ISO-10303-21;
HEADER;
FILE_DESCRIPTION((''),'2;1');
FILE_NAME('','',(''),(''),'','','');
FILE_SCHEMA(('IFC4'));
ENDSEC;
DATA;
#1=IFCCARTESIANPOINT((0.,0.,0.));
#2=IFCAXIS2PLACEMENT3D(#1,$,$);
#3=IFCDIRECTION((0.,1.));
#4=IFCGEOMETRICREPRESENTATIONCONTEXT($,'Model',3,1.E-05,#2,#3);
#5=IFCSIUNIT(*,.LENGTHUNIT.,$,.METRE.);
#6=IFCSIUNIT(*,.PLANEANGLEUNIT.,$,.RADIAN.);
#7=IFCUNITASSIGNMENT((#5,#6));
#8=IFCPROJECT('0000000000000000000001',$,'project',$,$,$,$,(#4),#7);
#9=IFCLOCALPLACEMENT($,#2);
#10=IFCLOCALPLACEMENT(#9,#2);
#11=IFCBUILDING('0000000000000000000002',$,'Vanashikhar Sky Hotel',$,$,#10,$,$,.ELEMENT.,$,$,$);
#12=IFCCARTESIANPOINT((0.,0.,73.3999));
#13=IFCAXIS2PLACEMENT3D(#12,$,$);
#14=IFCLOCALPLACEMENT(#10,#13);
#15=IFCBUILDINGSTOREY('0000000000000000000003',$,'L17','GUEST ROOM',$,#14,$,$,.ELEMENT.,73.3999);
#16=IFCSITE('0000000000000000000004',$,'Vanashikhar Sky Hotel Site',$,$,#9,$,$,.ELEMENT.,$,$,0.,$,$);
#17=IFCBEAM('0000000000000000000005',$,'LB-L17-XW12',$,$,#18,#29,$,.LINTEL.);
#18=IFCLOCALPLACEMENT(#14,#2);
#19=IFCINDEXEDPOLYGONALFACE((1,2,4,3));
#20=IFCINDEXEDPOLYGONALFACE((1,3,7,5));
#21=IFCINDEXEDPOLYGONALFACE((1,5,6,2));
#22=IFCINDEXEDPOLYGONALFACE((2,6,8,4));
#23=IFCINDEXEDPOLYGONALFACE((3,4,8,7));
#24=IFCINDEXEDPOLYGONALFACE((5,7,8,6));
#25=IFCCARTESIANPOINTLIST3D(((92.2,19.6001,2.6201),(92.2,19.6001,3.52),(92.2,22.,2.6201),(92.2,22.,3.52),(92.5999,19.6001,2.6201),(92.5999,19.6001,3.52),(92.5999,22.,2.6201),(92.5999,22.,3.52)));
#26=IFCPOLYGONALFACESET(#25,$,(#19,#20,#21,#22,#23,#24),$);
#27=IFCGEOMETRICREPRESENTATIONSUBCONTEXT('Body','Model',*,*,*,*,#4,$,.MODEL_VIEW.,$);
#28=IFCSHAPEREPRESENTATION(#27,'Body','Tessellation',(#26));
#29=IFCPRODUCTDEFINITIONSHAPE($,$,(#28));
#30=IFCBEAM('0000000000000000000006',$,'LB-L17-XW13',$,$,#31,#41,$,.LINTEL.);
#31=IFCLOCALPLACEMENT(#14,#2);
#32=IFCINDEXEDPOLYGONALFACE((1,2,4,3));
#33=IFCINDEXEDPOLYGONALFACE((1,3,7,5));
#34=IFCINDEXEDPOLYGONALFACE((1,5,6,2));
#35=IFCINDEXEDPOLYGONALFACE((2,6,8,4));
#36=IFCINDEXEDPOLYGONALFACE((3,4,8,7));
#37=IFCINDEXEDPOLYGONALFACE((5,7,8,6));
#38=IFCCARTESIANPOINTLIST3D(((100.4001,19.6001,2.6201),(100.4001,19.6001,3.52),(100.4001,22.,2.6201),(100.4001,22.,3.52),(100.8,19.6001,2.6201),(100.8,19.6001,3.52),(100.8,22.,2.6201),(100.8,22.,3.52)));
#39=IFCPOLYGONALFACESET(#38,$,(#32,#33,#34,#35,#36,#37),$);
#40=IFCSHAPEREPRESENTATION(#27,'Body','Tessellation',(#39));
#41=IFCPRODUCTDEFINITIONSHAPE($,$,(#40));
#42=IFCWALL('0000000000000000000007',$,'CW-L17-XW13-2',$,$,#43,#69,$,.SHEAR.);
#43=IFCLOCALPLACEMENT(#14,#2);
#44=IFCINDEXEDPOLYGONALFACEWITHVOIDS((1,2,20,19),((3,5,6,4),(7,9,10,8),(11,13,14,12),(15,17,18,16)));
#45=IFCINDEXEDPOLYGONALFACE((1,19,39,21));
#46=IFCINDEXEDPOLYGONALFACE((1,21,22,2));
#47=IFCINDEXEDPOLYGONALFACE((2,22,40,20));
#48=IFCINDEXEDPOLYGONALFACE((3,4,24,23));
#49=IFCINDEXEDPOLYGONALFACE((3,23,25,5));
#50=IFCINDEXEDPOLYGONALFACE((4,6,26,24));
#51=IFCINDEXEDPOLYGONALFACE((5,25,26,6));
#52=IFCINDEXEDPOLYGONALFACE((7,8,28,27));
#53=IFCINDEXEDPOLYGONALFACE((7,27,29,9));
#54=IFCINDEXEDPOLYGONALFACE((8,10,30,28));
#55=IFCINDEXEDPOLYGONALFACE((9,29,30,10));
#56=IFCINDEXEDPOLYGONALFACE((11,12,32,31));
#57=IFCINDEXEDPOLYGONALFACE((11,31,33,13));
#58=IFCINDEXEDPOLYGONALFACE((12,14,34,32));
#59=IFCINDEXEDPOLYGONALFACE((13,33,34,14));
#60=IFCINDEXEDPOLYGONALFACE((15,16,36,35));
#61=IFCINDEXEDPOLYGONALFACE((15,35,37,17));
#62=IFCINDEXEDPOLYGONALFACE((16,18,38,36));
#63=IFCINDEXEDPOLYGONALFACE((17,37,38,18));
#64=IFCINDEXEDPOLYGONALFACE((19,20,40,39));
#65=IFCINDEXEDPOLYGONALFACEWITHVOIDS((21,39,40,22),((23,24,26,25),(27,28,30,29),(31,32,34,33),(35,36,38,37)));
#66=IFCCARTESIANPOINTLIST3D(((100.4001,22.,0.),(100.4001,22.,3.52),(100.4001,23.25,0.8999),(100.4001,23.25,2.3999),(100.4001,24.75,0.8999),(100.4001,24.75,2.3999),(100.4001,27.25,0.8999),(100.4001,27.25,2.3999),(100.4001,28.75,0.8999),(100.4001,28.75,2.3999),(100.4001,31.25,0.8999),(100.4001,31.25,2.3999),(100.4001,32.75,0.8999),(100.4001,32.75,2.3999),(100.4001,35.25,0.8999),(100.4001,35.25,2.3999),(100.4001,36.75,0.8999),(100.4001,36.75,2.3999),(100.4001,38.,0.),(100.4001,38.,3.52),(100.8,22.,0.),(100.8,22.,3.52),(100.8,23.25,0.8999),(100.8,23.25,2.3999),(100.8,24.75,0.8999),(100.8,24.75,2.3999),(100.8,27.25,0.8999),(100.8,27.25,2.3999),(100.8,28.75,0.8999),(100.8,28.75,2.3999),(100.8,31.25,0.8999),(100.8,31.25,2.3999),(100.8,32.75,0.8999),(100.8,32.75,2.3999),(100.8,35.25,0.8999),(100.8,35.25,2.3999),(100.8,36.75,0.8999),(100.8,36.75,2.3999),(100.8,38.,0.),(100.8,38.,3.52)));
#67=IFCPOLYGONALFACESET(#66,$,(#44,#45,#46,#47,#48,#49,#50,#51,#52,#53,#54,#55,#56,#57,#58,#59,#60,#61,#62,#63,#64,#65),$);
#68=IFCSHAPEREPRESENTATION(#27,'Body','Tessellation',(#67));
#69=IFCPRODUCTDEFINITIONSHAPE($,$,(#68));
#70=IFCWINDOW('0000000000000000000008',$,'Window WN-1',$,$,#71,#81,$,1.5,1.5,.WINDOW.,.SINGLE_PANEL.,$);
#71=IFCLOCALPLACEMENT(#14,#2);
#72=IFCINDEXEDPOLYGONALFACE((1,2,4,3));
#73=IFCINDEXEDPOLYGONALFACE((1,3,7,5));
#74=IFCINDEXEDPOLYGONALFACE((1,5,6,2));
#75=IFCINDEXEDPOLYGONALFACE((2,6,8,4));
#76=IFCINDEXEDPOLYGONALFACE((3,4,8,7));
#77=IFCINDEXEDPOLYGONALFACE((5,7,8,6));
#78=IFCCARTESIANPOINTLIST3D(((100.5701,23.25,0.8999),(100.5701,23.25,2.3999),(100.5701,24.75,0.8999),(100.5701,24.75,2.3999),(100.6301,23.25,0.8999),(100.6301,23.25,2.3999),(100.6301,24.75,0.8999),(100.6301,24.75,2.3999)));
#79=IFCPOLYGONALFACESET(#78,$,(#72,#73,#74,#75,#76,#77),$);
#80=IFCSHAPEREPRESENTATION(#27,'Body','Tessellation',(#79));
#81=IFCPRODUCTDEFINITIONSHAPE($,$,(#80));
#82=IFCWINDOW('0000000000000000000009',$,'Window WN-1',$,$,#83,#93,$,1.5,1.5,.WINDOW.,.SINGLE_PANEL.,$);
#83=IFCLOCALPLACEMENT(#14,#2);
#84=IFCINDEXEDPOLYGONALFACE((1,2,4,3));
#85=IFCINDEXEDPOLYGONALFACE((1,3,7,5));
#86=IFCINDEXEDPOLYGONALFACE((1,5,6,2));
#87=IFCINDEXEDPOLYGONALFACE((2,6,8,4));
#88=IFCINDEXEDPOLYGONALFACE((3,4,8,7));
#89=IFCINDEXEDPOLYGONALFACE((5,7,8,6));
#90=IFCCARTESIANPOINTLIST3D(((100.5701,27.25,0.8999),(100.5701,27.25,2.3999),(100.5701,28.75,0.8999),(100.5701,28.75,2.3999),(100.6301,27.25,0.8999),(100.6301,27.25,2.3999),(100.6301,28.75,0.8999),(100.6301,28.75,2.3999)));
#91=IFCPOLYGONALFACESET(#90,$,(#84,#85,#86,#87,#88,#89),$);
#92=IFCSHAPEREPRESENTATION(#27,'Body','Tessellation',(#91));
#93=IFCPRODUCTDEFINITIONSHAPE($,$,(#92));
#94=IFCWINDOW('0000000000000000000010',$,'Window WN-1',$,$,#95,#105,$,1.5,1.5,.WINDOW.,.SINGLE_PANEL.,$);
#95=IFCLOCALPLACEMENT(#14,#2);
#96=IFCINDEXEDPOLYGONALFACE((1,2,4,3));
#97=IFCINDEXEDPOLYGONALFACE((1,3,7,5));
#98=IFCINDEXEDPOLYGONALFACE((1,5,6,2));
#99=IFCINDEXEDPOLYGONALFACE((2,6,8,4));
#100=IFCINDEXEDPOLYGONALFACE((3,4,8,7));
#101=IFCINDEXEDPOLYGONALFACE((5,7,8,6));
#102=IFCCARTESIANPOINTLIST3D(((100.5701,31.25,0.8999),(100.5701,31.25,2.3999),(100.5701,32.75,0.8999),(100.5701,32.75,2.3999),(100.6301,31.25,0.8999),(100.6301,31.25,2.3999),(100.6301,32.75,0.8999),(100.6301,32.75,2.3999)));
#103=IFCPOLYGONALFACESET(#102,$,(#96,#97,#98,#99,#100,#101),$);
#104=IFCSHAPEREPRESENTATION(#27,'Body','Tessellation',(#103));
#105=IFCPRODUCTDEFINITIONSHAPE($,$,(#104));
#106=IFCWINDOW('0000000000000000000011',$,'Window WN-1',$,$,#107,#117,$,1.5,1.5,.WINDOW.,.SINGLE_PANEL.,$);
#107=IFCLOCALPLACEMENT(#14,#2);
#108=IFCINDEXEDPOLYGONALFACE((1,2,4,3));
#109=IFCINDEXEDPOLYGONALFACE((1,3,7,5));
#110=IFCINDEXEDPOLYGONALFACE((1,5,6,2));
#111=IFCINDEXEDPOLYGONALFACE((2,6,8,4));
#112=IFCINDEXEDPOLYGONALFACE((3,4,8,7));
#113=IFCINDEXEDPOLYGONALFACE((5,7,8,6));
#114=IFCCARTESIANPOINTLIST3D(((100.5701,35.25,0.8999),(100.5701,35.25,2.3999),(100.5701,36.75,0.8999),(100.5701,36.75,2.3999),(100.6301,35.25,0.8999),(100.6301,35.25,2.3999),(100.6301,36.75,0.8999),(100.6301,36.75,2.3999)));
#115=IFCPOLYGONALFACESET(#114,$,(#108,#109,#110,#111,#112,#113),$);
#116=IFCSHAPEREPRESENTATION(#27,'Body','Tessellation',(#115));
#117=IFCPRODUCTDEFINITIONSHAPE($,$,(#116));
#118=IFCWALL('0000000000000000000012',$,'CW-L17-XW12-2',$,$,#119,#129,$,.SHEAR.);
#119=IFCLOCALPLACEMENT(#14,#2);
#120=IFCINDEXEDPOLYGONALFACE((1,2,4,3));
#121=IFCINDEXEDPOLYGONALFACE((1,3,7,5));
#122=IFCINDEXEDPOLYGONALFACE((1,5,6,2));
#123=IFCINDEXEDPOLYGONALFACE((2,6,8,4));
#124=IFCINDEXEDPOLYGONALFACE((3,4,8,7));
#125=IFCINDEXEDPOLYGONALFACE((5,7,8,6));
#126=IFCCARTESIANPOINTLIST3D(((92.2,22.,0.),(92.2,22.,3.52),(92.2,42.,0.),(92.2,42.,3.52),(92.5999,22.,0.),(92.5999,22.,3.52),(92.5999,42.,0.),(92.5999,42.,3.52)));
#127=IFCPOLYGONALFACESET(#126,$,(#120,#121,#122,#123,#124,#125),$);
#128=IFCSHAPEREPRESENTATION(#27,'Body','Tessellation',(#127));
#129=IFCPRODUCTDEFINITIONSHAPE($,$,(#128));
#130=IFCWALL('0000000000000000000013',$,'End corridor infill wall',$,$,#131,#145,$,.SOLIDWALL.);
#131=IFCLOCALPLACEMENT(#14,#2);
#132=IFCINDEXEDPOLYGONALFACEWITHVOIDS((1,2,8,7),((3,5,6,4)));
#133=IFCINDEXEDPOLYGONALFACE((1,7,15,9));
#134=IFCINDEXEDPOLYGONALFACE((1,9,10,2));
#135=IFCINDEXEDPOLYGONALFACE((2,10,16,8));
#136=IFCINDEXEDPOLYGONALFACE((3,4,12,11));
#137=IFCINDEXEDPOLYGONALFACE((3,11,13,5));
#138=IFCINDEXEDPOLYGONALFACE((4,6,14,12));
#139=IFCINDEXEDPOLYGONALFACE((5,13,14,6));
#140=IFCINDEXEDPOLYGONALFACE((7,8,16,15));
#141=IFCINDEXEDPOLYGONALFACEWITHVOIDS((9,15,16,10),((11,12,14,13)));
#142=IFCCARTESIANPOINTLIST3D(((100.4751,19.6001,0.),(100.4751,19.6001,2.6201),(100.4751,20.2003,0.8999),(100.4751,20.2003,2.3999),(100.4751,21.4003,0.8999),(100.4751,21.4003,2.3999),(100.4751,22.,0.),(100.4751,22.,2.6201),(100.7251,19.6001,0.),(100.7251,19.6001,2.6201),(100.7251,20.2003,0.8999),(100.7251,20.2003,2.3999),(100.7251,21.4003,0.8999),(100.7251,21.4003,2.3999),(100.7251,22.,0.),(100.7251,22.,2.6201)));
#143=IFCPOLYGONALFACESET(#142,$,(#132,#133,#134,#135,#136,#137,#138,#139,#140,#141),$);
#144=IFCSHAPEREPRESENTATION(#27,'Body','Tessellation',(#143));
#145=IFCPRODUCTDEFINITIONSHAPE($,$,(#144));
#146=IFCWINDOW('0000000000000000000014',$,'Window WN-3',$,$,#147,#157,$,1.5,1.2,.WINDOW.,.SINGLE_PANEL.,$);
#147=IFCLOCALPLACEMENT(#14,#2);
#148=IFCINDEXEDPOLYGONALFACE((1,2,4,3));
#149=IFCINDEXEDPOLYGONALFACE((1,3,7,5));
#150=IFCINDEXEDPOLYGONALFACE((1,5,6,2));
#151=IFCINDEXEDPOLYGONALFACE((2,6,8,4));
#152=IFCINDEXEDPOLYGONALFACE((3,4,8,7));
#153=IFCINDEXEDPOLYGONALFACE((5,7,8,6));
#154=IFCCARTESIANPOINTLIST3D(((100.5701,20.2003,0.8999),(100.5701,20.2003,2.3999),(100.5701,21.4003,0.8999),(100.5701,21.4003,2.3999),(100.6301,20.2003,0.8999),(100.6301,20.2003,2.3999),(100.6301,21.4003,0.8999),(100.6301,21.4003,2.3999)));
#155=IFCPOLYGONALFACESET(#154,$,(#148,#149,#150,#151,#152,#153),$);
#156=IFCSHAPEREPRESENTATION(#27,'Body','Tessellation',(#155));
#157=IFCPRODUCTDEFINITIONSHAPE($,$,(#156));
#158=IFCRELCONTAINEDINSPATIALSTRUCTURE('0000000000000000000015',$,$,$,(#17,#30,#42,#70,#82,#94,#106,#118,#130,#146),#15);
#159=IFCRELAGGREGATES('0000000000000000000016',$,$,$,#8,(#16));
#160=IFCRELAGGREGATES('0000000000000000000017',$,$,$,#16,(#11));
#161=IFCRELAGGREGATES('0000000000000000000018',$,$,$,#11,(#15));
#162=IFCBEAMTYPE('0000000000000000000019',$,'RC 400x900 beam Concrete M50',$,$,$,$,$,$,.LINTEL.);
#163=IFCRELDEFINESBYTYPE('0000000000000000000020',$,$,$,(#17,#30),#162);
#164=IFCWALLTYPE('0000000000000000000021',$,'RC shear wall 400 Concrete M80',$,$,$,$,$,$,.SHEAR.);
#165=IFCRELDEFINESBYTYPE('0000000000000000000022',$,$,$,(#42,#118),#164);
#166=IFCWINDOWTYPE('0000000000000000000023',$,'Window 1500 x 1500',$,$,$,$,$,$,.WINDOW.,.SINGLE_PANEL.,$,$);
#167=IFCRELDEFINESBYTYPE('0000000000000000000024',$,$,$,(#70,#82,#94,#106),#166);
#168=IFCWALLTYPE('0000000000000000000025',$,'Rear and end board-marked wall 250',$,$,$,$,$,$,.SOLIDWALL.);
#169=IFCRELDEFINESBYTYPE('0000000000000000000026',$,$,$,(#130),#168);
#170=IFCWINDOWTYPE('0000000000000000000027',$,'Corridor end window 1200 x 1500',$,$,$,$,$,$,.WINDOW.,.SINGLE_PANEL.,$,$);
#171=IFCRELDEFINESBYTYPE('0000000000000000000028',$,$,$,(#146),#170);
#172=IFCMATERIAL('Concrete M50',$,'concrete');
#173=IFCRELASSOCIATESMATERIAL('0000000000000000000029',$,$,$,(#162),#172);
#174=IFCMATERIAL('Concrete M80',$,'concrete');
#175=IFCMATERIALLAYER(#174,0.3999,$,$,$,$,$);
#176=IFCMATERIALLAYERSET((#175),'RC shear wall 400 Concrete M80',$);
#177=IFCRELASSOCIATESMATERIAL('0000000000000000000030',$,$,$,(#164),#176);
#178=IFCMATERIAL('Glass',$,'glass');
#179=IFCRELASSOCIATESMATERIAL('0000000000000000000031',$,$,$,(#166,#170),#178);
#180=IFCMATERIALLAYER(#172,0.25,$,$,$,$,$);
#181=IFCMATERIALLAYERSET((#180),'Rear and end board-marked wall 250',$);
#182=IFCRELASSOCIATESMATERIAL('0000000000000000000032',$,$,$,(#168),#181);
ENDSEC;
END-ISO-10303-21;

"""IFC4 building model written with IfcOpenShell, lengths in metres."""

from ifc_helpers import new_model, si_unit, direction, frame, frame_2d, origin, origin_2d, place, context, subcontext, project, spatial, rectangle, extrude, source, transform, mapped, material, layer, layer_set, material_profile, profile_set, type_object, element, fill, save


model = new_model("IFC4")

# Units and contexts
model_context = context("Model", 3, precision=1e-05, world=origin(), true_north=direction((0.0, 1.0)))
body_context = subcontext(model_context, "Body", "Model", "MODEL_VIEW")
ifc_project = project(units=[si_unit("LENGTHUNIT", "METRE"), si_unit("PLANEANGLEUNIT", "RADIAN")], contexts=[model_context])

# Site, building, storey
site_placement = place(None, origin())
site = spatial("IfcSite", under=ifc_project, at=site_placement, Name="Vanashikhar Sky Hotel Site", CompositionType="ELEMENT", RefElevation=0.0)
building_placement = place(site_placement, origin())
building = spatial("IfcBuilding", under=site, at=building_placement, Name="Vanashikhar Sky Hotel", CompositionType="ELEMENT")
storey_placement = place(building_placement, frame((0.0, 0.0, 73.3999)))
storey = spatial("IfcBuildingStorey", under=building, at=storey_placement, Name="L17", Description="GUEST ROOM", CompositionType="ELEMENT", Elevation=73.3999)

# Beams
ifc_material_1 = material(Name="Concrete M50", Category="concrete")
ifc_material_profile = material_profile(ifc_material_1, rectangle(XDim=0.3999, YDim=0.8999, at=origin_2d()))
ifc_profile_set = profile_set([ifc_material_profile], Name="RC 400x900 beam Concrete M50")
beam_type = type_object("IfcBeamType", Name="RC 400x900 beam Concrete M50", PredefinedType="LINTEL", material=ifc_profile_set)
shared_shape_1 = source(origin(), body_context, "Body", "SweptSolid", [
    extrude(rectangle(XDim=0.3999, YDim=0.8999, at=origin_2d()), origin(), (0.0, 0.0, 1.0), 2.3999),
])
for number, where, z_axis, x_axis, name in (
    (1, (92.3999, 19.6001, 3.0701), (0.0, 1.0, 0.0), (-1.0, 0.0, 0.0), "LB-L17-XW12"),
    (2, (100.6001, 19.6001, 3.0701), (0.0, 1.0, 0.0), (-1.0, 0.0, 0.0), "LB-L17-XW13"),
):
    element("IfcBeam", number, at=place(storey_placement, frame(where, z_axis=z_axis, x_axis=x_axis)), inside=storey, type_object=beam_type, Name=name, PredefinedType="LINTEL", context=body_context, shape_type="MappedRepresentation", body=[
        mapped(shared_shape_1, transform((0.0, 0.0, 0.0), scale=1.0)),
    ])

# Wall, openings, windows
ifc_material_2 = material(Name="Concrete M80", Category="concrete")
ifc_layer_1 = layer(ifc_material_2, 0.3999)
ifc_layer_set_1 = layer_set([ifc_layer_1], Name="RC shear wall 400 Concrete M80")
wall_type_1 = type_object("IfcWallType", Name="RC shear wall 400 Concrete M80", PredefinedType="SHEAR", material=ifc_layer_set_1)
shared_shape_2 = source(origin(), body_context, "Body", "SweptSolid", [
    extrude(rectangle(XDim=16.0, YDim=0.3999, at=frame_2d((8.0, 0.0))), origin(), (0.0, 0.0, 1.0), 3.52),
])
wall_1_placement = place(storey_placement, frame((100.6001, 22.0, 0.0), z_axis=(0.0, 0.0, 1.0), x_axis=(0.0, 1.0, 0.0)))
wall_1 = element("IfcWall", 3, at=wall_1_placement, inside=storey, type_object=wall_type_1, Name="CW-L17-XW13-2", PredefinedType="SHEAR", context=body_context, shape_type="MappedRepresentation", body=[
    mapped(shared_shape_2, transform((0.0, 0.0, 0.0), scale=1.0)),
])
shared_shape_3 = source(origin(), body_context, "Body", "SweptSolid", [
    extrude(rectangle(XDim=1.5, YDim=1.5, at=frame_2d((0.75, 0.75))), frame((0.0, 0.21, 0.0), z_axis=(0.0, -1.0, 0.0), x_axis=(1.0, 0.0, 0.0)), (0.0, 0.0, 1.0), 0.4199),
])
opening_1_placement = place(wall_1_placement, frame((1.25, 0.0, 0.8999)))
opening_1 = element("IfcOpeningElement", 4, at=opening_1_placement, cuts=wall_1, PredefinedType="OPENING", context=body_context, shape_type="MappedRepresentation", body=[
    mapped(shared_shape_3, transform((0.0, 0.0, 0.0), scale=1.0)),
])
opening_2_placement = place(wall_1_placement, frame((5.25, 0.0, 0.8999)))
opening_2 = element("IfcOpeningElement", 5, at=opening_2_placement, cuts=wall_1, PredefinedType="OPENING", context=body_context, shape_type="MappedRepresentation", body=[
    mapped(shared_shape_3, transform((0.0, 0.0, 0.0), scale=1.0)),
])
opening_3_placement = place(wall_1_placement, frame((9.25, 0.0, 0.8999)))
opening_3 = element("IfcOpeningElement", 6, at=opening_3_placement, cuts=wall_1, PredefinedType="OPENING", context=body_context, shape_type="MappedRepresentation", body=[
    mapped(shared_shape_3, transform((0.0, 0.0, 0.0), scale=1.0)),
])
opening_4_placement = place(wall_1_placement, frame((13.25, 0.0, 0.8999)))
opening_4 = element("IfcOpeningElement", 7, at=opening_4_placement, cuts=wall_1, PredefinedType="OPENING", context=body_context, shape_type="MappedRepresentation", body=[
    mapped(shared_shape_3, transform((0.0, 0.0, 0.0), scale=1.0)),
])
ifc_material_3 = material(Name="Glass", Category="glass")
window_type_1 = type_object("IfcWindowType", Name="Window 1500 x 1500", PartitioningType="SINGLE_PANEL", PredefinedType="WINDOW", material=ifc_material_3)
shared_shape_4 = source(origin(), body_context, "Body", "SweptSolid", [
    extrude(rectangle(XDim=1.5, YDim=1.5, at=frame_2d((0.75, 0.75))), frame((0.0, 0.03, 0.0), z_axis=(0.0, -1.0, 0.0), x_axis=(1.0, 0.0, 0.0)), (0.0, 0.0, 1.0), 0.0601),
])
window_1_placement = place(opening_1_placement, origin())
window_1 = element("IfcWindow", 8, at=window_1_placement, inside=storey, type_object=window_type_1, Name="Window WN-1", OverallHeight=1.5, OverallWidth=1.5, PartitioningType="SINGLE_PANEL", PredefinedType="WINDOW", context=body_context, shape_type="MappedRepresentation", body=[
    mapped(shared_shape_4, transform((0.0, 0.0, 0.0), scale=1.0)),
])
fill(opening_1, window_1)
window_2_placement = place(opening_2_placement, origin())
window_2 = element("IfcWindow", 9, at=window_2_placement, inside=storey, type_object=window_type_1, Name="Window WN-1", OverallHeight=1.5, OverallWidth=1.5, PartitioningType="SINGLE_PANEL", PredefinedType="WINDOW", context=body_context, shape_type="MappedRepresentation", body=[
    mapped(shared_shape_4, transform((0.0, 0.0, 0.0), scale=1.0)),
])
fill(opening_2, window_2)
window_3_placement = place(opening_3_placement, origin())
window_3 = element("IfcWindow", 10, at=window_3_placement, inside=storey, type_object=window_type_1, Name="Window WN-1", OverallHeight=1.5, OverallWidth=1.5, PartitioningType="SINGLE_PANEL", PredefinedType="WINDOW", context=body_context, shape_type="MappedRepresentation", body=[
    mapped(shared_shape_4, transform((0.0, 0.0, 0.0), scale=1.0)),
])
fill(opening_3, window_3)
window_4_placement = place(opening_4_placement, origin())
window_4 = element("IfcWindow", 11, at=window_4_placement, inside=storey, type_object=window_type_1, Name="Window WN-1", OverallHeight=1.5, OverallWidth=1.5, PartitioningType="SINGLE_PANEL", PredefinedType="WINDOW", context=body_context, shape_type="MappedRepresentation", body=[
    mapped(shared_shape_4, transform((0.0, 0.0, 0.0), scale=1.0)),
])
fill(opening_4, window_4)

# Wall
shared_shape_5 = source(origin(), body_context, "Body", "SweptSolid", [
    extrude(rectangle(XDim=20.0, YDim=0.3999, at=frame_2d((10.0, 0.0))), origin(), (0.0, 0.0, 1.0), 3.52),
])
wall_2_placement = place(storey_placement, frame((92.3999, 22.0, 0.0), z_axis=(0.0, 0.0, 1.0), x_axis=(0.0, 1.0, 0.0)))
element("IfcWall", 12, at=wall_2_placement, inside=storey, type_object=wall_type_1, Name="CW-L17-XW12-2", PredefinedType="SHEAR", context=body_context, shape_type="MappedRepresentation", body=[
    mapped(shared_shape_5, transform((0.0, 0.0, 0.0), scale=1.0)),
])

# Wall, opening, window
ifc_layer_2 = layer(ifc_material_1, 0.25)
ifc_layer_set_2 = layer_set([ifc_layer_2], Name="Rear and end board-marked wall 250")
wall_type_2 = type_object("IfcWallType", Name="Rear and end board-marked wall 250", PredefinedType="SOLIDWALL", material=ifc_layer_set_2)
shared_shape_6 = source(origin(), body_context, "Body", "SweptSolid", [
    extrude(rectangle(XDim=2.3999, YDim=0.25, at=frame_2d((1.2, 0.0))), origin(), (0.0, 0.0, 1.0), 2.6201),
])
wall_3_placement = place(storey_placement, frame((100.6001, 19.6001, 0.0), z_axis=(0.0, 0.0, 1.0), x_axis=(0.0, 1.0, 0.0)))
wall_3 = element("IfcWall", 13, at=wall_3_placement, inside=storey, type_object=wall_type_2, Name="End corridor infill wall", PredefinedType="SOLIDWALL", context=body_context, shape_type="MappedRepresentation", body=[
    mapped(shared_shape_6, transform((0.0, 0.0, 0.0), scale=1.0)),
])
shared_shape_7 = source(origin(), body_context, "Body", "SweptSolid", [
    extrude(rectangle(XDim=1.2, YDim=1.5, at=frame_2d((0.6001, 0.75))), frame((0.0, 0.135, 0.0), z_axis=(0.0, -1.0, 0.0), x_axis=(1.0, 0.0, 0.0)), (0.0, 0.0, 1.0), 0.27),
])
opening_5_placement = place(wall_3_placement, frame((0.6001, 0.0, 0.8999)))
opening_5 = element("IfcOpeningElement", 14, at=opening_5_placement, cuts=wall_3, PredefinedType="OPENING", context=body_context, shape_type="MappedRepresentation", body=[
    mapped(shared_shape_7, transform((0.0, 0.0, 0.0), scale=1.0)),
])
window_type_2 = type_object("IfcWindowType", Name="Corridor end window 1200 x 1500", PartitioningType="SINGLE_PANEL", PredefinedType="WINDOW", material=ifc_material_3)
shared_shape_8 = source(origin(), body_context, "Body", "SweptSolid", [
    extrude(rectangle(XDim=1.2, YDim=1.5, at=frame_2d((0.6001, 0.75))), frame((0.0, 0.03, 0.0), z_axis=(0.0, -1.0, 0.0), x_axis=(1.0, 0.0, 0.0)), (0.0, 0.0, 1.0), 0.0601),
])
window_5_placement = place(opening_5_placement, origin())
window_5 = element("IfcWindow", 15, at=window_5_placement, inside=storey, type_object=window_type_2, Name="Window WN-3", OverallHeight=1.5, OverallWidth=1.2, PartitioningType="SINGLE_PANEL", PredefinedType="WINDOW", context=body_context, shape_type="MappedRepresentation", body=[
    mapped(shared_shape_8, transform((0.0, 0.0, 0.0), scale=1.0)),
])
fill(opening_5, window_5)

save(model, "model.ifc")
